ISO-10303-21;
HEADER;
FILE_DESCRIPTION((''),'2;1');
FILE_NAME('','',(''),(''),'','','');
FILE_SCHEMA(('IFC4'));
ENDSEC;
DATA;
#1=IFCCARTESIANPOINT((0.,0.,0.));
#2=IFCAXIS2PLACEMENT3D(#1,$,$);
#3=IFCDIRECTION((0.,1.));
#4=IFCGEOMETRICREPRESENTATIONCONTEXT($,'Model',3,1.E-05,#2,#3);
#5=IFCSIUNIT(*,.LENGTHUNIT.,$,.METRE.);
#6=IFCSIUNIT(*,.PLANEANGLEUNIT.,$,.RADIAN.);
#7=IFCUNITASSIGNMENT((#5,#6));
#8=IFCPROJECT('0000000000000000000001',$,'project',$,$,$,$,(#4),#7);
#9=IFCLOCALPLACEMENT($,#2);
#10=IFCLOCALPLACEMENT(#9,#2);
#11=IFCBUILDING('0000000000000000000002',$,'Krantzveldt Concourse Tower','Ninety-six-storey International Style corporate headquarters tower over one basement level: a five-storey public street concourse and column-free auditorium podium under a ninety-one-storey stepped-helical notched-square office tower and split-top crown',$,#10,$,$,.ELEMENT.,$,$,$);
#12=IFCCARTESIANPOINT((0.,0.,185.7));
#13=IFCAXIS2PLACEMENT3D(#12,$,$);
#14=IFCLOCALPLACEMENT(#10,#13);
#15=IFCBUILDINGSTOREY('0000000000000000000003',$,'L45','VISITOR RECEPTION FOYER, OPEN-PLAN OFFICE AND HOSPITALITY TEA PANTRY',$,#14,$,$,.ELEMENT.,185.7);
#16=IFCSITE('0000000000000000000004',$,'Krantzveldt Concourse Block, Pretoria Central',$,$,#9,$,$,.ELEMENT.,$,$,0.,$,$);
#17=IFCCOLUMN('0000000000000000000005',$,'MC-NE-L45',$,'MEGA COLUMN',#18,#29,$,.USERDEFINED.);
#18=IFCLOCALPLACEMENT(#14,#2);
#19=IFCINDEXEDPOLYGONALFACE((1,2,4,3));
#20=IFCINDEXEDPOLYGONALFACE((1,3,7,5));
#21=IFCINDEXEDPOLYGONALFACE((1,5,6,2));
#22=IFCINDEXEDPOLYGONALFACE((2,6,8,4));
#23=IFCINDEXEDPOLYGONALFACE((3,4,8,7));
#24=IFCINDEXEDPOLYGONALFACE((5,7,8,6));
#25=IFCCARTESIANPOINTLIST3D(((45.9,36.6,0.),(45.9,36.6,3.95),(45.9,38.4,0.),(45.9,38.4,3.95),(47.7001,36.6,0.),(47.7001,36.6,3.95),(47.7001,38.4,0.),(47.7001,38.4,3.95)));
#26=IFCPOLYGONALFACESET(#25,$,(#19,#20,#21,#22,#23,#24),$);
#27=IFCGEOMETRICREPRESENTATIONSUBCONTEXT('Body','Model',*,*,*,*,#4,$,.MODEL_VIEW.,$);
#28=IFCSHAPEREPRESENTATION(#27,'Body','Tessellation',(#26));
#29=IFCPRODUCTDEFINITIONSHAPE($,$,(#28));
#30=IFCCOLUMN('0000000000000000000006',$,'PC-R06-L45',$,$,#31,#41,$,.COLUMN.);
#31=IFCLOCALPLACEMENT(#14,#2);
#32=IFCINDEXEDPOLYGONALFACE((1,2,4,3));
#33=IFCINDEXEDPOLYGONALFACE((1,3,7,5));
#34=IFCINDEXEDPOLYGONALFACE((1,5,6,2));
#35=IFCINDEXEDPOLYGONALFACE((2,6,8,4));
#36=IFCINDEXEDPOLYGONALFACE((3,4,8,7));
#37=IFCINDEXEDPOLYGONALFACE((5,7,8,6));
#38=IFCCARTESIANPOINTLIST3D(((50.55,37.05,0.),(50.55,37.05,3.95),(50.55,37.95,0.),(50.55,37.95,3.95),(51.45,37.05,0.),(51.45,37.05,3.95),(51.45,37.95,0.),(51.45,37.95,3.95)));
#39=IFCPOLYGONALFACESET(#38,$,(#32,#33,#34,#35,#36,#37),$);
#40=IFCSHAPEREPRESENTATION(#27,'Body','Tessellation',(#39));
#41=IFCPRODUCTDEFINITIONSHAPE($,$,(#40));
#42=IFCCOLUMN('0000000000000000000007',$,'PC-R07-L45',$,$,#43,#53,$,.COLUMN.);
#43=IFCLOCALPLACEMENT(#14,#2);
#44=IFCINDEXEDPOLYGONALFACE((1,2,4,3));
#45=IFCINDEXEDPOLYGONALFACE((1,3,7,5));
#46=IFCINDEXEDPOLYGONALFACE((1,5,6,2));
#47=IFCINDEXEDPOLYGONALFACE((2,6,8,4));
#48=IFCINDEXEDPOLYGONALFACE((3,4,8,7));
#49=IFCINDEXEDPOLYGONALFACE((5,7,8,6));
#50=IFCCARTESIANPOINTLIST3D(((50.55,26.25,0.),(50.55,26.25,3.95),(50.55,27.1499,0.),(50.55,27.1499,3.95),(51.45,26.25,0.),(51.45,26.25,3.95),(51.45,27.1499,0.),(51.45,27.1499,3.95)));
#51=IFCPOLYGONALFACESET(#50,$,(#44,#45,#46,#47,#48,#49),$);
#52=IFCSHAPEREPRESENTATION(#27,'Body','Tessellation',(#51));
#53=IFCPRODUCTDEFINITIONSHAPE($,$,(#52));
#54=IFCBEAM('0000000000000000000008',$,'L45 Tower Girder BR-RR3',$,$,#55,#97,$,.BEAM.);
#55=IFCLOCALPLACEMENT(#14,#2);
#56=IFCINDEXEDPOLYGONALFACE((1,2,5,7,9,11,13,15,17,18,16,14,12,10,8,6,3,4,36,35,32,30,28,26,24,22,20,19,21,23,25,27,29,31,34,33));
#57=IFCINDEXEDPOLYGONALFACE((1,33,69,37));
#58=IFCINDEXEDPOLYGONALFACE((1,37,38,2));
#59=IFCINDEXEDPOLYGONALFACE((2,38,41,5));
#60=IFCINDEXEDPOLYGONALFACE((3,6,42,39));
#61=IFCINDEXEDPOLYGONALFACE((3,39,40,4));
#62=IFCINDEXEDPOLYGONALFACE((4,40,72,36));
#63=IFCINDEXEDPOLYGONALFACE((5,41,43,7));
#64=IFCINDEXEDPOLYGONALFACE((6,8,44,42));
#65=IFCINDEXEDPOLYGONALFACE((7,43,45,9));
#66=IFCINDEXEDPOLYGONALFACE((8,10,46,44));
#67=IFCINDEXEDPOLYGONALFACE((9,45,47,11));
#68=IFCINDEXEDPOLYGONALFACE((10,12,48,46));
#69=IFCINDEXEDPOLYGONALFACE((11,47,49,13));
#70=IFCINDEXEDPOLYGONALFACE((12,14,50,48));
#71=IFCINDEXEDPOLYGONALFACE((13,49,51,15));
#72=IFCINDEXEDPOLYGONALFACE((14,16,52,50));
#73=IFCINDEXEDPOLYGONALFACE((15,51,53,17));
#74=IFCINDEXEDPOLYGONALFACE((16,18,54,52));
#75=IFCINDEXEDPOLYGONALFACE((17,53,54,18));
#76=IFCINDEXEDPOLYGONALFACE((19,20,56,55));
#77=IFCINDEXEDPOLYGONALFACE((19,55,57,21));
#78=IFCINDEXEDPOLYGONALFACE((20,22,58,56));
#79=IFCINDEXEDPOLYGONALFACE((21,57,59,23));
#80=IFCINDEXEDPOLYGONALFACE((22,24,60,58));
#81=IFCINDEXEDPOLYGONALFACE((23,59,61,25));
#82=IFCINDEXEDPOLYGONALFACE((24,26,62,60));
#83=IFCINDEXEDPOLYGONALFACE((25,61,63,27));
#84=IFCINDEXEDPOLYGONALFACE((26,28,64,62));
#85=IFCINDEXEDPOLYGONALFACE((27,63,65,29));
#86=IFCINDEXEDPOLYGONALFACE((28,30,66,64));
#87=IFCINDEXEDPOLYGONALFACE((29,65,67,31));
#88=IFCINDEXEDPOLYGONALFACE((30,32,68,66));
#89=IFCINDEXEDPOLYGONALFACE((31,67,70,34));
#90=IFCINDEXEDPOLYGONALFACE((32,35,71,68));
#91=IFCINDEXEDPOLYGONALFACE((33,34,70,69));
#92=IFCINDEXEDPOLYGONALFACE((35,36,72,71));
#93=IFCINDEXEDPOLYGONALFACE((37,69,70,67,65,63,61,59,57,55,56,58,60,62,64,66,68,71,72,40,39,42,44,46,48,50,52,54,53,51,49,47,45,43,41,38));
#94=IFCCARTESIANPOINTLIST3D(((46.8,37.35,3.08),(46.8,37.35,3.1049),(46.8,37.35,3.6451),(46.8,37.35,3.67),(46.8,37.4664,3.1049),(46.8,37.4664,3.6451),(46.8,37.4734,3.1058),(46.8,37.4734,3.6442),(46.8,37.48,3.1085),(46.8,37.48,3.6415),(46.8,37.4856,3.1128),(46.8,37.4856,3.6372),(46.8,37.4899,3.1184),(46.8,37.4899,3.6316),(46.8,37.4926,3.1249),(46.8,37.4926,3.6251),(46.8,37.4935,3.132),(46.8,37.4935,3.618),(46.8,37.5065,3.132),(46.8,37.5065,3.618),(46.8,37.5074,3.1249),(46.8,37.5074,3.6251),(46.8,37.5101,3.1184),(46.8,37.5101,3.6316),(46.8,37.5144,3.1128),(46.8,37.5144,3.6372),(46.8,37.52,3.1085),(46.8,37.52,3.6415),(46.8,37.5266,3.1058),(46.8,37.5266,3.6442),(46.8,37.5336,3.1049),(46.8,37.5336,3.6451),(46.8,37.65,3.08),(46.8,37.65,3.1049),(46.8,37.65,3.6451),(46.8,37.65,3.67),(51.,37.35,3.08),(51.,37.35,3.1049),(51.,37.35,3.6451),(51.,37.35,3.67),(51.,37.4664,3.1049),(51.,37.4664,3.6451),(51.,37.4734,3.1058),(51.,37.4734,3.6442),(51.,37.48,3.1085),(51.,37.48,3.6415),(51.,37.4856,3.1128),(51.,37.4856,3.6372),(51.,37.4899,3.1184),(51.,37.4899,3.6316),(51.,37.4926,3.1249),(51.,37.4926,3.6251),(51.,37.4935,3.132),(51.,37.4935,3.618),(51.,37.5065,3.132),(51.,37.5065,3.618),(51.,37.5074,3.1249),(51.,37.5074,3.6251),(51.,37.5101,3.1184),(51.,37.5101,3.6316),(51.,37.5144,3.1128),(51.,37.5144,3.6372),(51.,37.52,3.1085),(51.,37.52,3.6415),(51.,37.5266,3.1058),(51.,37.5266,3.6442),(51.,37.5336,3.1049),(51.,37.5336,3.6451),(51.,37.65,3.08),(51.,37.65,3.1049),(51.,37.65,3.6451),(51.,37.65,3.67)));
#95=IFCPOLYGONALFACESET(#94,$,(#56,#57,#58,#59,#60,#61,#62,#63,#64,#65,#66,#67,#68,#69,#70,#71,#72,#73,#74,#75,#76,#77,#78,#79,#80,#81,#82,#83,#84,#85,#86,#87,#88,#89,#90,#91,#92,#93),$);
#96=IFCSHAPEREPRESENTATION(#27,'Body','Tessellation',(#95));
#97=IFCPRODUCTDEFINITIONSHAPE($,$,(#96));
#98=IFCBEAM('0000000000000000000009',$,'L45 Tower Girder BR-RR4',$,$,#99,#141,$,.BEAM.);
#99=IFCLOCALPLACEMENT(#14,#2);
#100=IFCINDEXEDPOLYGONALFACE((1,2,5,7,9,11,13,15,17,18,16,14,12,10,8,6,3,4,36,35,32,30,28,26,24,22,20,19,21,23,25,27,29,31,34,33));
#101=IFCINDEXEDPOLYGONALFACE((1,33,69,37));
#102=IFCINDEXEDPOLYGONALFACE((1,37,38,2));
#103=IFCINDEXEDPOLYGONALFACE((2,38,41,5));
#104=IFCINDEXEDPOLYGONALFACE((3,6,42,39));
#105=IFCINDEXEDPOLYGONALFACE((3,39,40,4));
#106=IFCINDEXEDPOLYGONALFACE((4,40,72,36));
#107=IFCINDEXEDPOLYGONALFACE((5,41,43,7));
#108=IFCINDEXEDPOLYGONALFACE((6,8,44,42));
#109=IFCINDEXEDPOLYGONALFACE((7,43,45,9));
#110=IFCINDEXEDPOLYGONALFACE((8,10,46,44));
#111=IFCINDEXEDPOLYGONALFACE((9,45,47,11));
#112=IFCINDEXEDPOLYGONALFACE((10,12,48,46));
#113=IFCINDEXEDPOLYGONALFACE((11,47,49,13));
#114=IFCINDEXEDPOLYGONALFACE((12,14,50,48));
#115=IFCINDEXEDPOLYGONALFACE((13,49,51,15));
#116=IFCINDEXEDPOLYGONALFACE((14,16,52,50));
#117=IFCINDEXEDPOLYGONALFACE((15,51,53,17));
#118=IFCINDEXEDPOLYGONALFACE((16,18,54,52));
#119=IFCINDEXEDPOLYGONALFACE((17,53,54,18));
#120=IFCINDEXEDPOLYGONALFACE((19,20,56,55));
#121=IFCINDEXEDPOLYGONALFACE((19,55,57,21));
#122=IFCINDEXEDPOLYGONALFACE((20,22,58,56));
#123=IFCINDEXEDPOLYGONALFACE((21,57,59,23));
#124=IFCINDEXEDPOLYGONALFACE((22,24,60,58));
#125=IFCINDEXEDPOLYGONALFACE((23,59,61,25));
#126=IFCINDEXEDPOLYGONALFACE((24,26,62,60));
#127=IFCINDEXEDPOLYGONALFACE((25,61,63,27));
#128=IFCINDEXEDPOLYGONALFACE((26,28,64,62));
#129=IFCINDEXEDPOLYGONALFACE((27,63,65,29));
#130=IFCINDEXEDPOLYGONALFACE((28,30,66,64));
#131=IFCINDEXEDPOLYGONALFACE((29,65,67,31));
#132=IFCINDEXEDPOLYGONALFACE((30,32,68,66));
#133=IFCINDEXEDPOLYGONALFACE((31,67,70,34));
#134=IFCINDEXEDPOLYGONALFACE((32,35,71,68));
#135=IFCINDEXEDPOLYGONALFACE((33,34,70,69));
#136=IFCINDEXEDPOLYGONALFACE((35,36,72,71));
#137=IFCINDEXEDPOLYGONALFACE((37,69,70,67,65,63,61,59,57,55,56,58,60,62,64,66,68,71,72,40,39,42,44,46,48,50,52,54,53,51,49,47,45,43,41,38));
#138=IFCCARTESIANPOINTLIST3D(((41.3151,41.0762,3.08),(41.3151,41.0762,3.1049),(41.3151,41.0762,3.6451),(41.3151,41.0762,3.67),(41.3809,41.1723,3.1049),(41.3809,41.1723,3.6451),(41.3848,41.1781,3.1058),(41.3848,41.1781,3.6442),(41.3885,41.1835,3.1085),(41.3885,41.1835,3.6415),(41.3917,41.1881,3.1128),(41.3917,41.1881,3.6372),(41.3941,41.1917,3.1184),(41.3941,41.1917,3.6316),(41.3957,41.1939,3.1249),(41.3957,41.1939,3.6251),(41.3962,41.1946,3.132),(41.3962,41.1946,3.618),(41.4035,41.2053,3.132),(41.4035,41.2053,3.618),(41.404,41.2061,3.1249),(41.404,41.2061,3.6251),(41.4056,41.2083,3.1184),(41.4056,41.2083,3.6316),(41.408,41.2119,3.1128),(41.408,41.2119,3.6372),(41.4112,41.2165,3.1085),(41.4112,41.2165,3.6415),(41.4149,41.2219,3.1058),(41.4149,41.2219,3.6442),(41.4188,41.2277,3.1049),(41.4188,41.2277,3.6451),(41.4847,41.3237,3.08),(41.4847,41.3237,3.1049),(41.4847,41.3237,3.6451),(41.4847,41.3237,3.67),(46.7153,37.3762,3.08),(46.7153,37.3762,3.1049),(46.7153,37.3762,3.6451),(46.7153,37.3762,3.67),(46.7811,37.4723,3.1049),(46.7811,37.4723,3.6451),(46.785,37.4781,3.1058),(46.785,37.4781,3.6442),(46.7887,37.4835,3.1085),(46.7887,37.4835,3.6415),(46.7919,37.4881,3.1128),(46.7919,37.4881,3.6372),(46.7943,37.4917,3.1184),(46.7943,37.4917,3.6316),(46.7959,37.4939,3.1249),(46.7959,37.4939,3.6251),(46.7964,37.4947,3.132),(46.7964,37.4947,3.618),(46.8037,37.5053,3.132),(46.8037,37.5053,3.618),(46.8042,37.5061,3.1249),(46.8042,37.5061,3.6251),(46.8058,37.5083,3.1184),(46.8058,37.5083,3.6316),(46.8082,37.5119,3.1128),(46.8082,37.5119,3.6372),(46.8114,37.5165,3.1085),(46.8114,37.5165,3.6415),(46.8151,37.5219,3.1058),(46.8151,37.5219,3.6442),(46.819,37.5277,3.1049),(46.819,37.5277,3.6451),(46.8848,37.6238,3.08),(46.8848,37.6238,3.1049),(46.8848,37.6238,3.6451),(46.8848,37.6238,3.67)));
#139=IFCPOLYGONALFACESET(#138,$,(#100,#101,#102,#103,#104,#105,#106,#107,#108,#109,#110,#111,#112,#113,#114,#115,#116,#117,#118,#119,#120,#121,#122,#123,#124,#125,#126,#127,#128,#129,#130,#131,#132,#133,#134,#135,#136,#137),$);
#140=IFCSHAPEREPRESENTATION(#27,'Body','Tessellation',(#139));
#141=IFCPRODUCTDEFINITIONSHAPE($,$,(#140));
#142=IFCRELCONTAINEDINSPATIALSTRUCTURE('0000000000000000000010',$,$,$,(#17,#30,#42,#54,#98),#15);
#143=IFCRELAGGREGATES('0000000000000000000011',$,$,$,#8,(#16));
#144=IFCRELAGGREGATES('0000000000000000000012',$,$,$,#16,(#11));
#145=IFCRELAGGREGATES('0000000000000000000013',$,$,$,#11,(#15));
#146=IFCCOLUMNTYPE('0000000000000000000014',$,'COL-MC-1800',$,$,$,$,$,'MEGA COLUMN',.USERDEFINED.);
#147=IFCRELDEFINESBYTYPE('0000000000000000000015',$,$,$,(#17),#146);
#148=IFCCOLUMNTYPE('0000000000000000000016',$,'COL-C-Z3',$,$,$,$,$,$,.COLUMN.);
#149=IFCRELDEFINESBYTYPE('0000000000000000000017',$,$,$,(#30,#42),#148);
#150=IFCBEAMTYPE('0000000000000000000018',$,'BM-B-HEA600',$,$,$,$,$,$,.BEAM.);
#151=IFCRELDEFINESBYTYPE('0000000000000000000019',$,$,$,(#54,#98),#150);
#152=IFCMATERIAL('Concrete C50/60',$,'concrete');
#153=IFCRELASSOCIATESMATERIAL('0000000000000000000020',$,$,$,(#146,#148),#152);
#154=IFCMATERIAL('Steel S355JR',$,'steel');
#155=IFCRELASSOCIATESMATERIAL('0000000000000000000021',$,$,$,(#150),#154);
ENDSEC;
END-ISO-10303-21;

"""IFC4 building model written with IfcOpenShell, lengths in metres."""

from ifc_helpers import new_model, si_unit, direction, frame, origin, origin_2d, place, context, subcontext, project, spatial, rectangle, i_section, extrude, source, transform, mapped, material, material_profile, profile_set, type_object, type_shapes, element, save


model = new_model("IFC4")

# Units and contexts
model_context = context("Model", 3, precision=1e-05, world=origin(), true_north=direction((0.0, 1.0)))
body_context = subcontext(model_context, "Body", "Model", "MODEL_VIEW")
ifc_project = project(units=[si_unit("LENGTHUNIT", "METRE"), si_unit("PLANEANGLEUNIT", "RADIAN")], contexts=[model_context])

# Site, building, storey
site_placement = place(None, origin())
site = spatial("IfcSite", under=ifc_project, at=site_placement, Name="Krantzveldt Concourse Block, Pretoria Central", CompositionType="ELEMENT", RefElevation=0.0)
building_placement = place(site_placement, origin())
building = spatial("IfcBuilding", under=site, at=building_placement, Name="Krantzveldt Concourse Tower", Description="Ninety-six-storey International Style corporate headquarters tower over one basement level: a five-storey public street concourse and column-free auditorium podium under a ninety-one-storey stepped-helical notched-square office tower and split-top crown", CompositionType="ELEMENT")
storey_placement = place(building_placement, frame((0.0, 0.0, 185.7)))
storey = spatial("IfcBuildingStorey", under=building, at=storey_placement, Name="L45", Description="VISITOR RECEPTION FOYER, OPEN-PLAN OFFICE AND HOSPITALITY TEA PANTRY", CompositionType="ELEMENT", Elevation=185.7)

# Columns
ifc_material_1 = material(Name="Concrete C50/60", Category="concrete")
ifc_material_profile_1 = material_profile(ifc_material_1, rectangle(XDim=1.8, YDim=1.8, at=origin_2d()), Name="Concrete C50/60", Category="concrete")
ifc_profile_set_1 = profile_set([ifc_material_profile_1], Name="Concrete C50/60 - RC 1800x1800")
column_type_1 = type_object("IfcColumnType", Name="COL-MC-1800", ElementType="MEGA COLUMN", PredefinedType="USERDEFINED", material=ifc_profile_set_1)
shared_shape_1 = source(origin(), body_context, "Body", "SweptSolid", [
    extrude(rectangle(XDim=1.8, YDim=1.8, at=origin_2d()), origin(), (0.0, 0.0, 1.0), 3.95),
])
type_shapes(column_type_1, [shared_shape_1])
column_placement = place(storey_placement, frame((46.8, 37.5, 0.0), z_axis=(0.0, 0.0, 1.0), x_axis=(1.0, 0.0, 0.0)))
element("IfcColumn", 1, at=column_placement, inside=storey, type_object=column_type_1, Name="MC-NE-L45", ObjectType="MEGA COLUMN", PredefinedType="USERDEFINED", context=body_context, shape_type="MappedRepresentation", body=[
    mapped(shared_shape_1, transform((0.0, 0.0, 0.0), x_axis=(1.0, 0.0, 0.0), y_axis=(0.0, 1.0, 0.0), z_axis=(0.0, 0.0, 1.0), scale=1.0)),
])
ifc_material_profile_2 = material_profile(ifc_material_1, rectangle(XDim=0.8999, YDim=0.8999, at=origin_2d()), Name="Concrete C50/60", Category="concrete")
ifc_profile_set_2 = profile_set([ifc_material_profile_2], Name="Concrete C50/60 - RC 900x900")
column_type_2 = type_object("IfcColumnType", Name="COL-C-Z3", PredefinedType="COLUMN", material=ifc_profile_set_2)
shared_shape_2 = source(origin(), body_context, "Body", "SweptSolid", [
    extrude(rectangle(XDim=0.8999, YDim=0.8999, at=origin_2d()), origin(), (0.0, 0.0, 1.0), 3.95),
])
type_shapes(column_type_2, [shared_shape_2])
for number, where, z_axis, x_axis, name in (
    (2, (51.0, 37.5, 0.0), (0.0, 0.0, 1.0), (1.0, 0.0, 0.0), "PC-R06-L45"),
    (3, (51.0, 26.7, 0.0), (0.0, 0.0, 1.0), (1.0, 0.0, 0.0), "PC-R07-L45"),
):
    element("IfcColumn", number, at=place(storey_placement, frame(where, z_axis=z_axis, x_axis=x_axis)), inside=storey, type_object=column_type_2, Name=name, PredefinedType="COLUMN", context=body_context, shape_type="MappedRepresentation", body=[
        mapped(shared_shape_2, transform((0.0, 0.0, 0.0), x_axis=(1.0, 0.0, 0.0), y_axis=(0.0, 1.0, 0.0), z_axis=(0.0, 0.0, 1.0), scale=1.0)),
    ])

# Beams
ifc_material_2 = material(Name="Steel S355JR", Category="steel")
ifc_material_profile_3 = material_profile(ifc_material_2, i_section(OverallWidth=0.3, OverallDepth=0.5901, WebThickness=0.0129, FlangeThickness=0.0249, FilletRadius=0.0271, at=origin_2d()), Name="Steel S355JR", Category="steel")
ifc_profile_set_3 = profile_set([ifc_material_profile_3], Name="Steel S355JR - HEA 600")
beam_type_1 = type_object("IfcBeamType", Name="BM-B-HEA600", PredefinedType="BEAM", material=ifc_profile_set_3)
shared_shape_3 = source(origin(), body_context, "Body", "SweptSolid", [
    extrude(i_section(OverallWidth=0.3, OverallDepth=0.5901, WebThickness=0.0129, FlangeThickness=0.0249, FilletRadius=0.0271, at=origin_2d()), origin(), (0.0, 0.0, 1.0), 4.2),
])
beam_1_placement = place(storey_placement, frame((46.8, 37.5, 3.375), z_axis=(1.0, 0.0, 0.0), x_axis=(0.0, 1.0, 0.0)))
element("IfcBeam", 4, at=beam_1_placement, inside=storey, type_object=beam_type_1, Name="L45 Tower Girder BR-RR3", PredefinedType="BEAM", context=body_context, shape_type="MappedRepresentation", body=[
    mapped(shared_shape_3, transform((0.0, 0.0, 0.0), x_axis=(1.0, 0.0, 0.0), y_axis=(0.0, 1.0, 0.0), z_axis=(0.0, 0.0, 1.0), scale=1.0)),
])
shared_shape_4 = source(origin(), body_context, "Body", "SweptSolid", [
    extrude(i_section(OverallWidth=0.3, OverallDepth=0.5901, WebThickness=0.0129, FlangeThickness=0.0249, FilletRadius=0.0271, at=origin_2d()), origin(), (0.0, 0.0, 1.0), 6.5461),
])
type_shapes(beam_type_1, [shared_shape_3, shared_shape_4])
beam_2_placement = place(storey_placement, frame((46.8, 37.5, 3.375), z_axis=(-0.824943, 0.565216, 0.0), x_axis=(-0.565216, -0.824943, 0.0)))
element("IfcBeam", 5, at=beam_2_placement, inside=storey, type_object=beam_type_1, Name="L45 Tower Girder BR-RR4", PredefinedType="BEAM", context=body_context, shape_type="MappedRepresentation", body=[
    mapped(shared_shape_4, transform((0.0, 0.0, 0.0), x_axis=(1.0, 0.0, 0.0), y_axis=(0.0, 1.0, 0.0), z_axis=(0.0, 0.0, 1.0), scale=1.0)),
])

save(model, "model.ifc")
